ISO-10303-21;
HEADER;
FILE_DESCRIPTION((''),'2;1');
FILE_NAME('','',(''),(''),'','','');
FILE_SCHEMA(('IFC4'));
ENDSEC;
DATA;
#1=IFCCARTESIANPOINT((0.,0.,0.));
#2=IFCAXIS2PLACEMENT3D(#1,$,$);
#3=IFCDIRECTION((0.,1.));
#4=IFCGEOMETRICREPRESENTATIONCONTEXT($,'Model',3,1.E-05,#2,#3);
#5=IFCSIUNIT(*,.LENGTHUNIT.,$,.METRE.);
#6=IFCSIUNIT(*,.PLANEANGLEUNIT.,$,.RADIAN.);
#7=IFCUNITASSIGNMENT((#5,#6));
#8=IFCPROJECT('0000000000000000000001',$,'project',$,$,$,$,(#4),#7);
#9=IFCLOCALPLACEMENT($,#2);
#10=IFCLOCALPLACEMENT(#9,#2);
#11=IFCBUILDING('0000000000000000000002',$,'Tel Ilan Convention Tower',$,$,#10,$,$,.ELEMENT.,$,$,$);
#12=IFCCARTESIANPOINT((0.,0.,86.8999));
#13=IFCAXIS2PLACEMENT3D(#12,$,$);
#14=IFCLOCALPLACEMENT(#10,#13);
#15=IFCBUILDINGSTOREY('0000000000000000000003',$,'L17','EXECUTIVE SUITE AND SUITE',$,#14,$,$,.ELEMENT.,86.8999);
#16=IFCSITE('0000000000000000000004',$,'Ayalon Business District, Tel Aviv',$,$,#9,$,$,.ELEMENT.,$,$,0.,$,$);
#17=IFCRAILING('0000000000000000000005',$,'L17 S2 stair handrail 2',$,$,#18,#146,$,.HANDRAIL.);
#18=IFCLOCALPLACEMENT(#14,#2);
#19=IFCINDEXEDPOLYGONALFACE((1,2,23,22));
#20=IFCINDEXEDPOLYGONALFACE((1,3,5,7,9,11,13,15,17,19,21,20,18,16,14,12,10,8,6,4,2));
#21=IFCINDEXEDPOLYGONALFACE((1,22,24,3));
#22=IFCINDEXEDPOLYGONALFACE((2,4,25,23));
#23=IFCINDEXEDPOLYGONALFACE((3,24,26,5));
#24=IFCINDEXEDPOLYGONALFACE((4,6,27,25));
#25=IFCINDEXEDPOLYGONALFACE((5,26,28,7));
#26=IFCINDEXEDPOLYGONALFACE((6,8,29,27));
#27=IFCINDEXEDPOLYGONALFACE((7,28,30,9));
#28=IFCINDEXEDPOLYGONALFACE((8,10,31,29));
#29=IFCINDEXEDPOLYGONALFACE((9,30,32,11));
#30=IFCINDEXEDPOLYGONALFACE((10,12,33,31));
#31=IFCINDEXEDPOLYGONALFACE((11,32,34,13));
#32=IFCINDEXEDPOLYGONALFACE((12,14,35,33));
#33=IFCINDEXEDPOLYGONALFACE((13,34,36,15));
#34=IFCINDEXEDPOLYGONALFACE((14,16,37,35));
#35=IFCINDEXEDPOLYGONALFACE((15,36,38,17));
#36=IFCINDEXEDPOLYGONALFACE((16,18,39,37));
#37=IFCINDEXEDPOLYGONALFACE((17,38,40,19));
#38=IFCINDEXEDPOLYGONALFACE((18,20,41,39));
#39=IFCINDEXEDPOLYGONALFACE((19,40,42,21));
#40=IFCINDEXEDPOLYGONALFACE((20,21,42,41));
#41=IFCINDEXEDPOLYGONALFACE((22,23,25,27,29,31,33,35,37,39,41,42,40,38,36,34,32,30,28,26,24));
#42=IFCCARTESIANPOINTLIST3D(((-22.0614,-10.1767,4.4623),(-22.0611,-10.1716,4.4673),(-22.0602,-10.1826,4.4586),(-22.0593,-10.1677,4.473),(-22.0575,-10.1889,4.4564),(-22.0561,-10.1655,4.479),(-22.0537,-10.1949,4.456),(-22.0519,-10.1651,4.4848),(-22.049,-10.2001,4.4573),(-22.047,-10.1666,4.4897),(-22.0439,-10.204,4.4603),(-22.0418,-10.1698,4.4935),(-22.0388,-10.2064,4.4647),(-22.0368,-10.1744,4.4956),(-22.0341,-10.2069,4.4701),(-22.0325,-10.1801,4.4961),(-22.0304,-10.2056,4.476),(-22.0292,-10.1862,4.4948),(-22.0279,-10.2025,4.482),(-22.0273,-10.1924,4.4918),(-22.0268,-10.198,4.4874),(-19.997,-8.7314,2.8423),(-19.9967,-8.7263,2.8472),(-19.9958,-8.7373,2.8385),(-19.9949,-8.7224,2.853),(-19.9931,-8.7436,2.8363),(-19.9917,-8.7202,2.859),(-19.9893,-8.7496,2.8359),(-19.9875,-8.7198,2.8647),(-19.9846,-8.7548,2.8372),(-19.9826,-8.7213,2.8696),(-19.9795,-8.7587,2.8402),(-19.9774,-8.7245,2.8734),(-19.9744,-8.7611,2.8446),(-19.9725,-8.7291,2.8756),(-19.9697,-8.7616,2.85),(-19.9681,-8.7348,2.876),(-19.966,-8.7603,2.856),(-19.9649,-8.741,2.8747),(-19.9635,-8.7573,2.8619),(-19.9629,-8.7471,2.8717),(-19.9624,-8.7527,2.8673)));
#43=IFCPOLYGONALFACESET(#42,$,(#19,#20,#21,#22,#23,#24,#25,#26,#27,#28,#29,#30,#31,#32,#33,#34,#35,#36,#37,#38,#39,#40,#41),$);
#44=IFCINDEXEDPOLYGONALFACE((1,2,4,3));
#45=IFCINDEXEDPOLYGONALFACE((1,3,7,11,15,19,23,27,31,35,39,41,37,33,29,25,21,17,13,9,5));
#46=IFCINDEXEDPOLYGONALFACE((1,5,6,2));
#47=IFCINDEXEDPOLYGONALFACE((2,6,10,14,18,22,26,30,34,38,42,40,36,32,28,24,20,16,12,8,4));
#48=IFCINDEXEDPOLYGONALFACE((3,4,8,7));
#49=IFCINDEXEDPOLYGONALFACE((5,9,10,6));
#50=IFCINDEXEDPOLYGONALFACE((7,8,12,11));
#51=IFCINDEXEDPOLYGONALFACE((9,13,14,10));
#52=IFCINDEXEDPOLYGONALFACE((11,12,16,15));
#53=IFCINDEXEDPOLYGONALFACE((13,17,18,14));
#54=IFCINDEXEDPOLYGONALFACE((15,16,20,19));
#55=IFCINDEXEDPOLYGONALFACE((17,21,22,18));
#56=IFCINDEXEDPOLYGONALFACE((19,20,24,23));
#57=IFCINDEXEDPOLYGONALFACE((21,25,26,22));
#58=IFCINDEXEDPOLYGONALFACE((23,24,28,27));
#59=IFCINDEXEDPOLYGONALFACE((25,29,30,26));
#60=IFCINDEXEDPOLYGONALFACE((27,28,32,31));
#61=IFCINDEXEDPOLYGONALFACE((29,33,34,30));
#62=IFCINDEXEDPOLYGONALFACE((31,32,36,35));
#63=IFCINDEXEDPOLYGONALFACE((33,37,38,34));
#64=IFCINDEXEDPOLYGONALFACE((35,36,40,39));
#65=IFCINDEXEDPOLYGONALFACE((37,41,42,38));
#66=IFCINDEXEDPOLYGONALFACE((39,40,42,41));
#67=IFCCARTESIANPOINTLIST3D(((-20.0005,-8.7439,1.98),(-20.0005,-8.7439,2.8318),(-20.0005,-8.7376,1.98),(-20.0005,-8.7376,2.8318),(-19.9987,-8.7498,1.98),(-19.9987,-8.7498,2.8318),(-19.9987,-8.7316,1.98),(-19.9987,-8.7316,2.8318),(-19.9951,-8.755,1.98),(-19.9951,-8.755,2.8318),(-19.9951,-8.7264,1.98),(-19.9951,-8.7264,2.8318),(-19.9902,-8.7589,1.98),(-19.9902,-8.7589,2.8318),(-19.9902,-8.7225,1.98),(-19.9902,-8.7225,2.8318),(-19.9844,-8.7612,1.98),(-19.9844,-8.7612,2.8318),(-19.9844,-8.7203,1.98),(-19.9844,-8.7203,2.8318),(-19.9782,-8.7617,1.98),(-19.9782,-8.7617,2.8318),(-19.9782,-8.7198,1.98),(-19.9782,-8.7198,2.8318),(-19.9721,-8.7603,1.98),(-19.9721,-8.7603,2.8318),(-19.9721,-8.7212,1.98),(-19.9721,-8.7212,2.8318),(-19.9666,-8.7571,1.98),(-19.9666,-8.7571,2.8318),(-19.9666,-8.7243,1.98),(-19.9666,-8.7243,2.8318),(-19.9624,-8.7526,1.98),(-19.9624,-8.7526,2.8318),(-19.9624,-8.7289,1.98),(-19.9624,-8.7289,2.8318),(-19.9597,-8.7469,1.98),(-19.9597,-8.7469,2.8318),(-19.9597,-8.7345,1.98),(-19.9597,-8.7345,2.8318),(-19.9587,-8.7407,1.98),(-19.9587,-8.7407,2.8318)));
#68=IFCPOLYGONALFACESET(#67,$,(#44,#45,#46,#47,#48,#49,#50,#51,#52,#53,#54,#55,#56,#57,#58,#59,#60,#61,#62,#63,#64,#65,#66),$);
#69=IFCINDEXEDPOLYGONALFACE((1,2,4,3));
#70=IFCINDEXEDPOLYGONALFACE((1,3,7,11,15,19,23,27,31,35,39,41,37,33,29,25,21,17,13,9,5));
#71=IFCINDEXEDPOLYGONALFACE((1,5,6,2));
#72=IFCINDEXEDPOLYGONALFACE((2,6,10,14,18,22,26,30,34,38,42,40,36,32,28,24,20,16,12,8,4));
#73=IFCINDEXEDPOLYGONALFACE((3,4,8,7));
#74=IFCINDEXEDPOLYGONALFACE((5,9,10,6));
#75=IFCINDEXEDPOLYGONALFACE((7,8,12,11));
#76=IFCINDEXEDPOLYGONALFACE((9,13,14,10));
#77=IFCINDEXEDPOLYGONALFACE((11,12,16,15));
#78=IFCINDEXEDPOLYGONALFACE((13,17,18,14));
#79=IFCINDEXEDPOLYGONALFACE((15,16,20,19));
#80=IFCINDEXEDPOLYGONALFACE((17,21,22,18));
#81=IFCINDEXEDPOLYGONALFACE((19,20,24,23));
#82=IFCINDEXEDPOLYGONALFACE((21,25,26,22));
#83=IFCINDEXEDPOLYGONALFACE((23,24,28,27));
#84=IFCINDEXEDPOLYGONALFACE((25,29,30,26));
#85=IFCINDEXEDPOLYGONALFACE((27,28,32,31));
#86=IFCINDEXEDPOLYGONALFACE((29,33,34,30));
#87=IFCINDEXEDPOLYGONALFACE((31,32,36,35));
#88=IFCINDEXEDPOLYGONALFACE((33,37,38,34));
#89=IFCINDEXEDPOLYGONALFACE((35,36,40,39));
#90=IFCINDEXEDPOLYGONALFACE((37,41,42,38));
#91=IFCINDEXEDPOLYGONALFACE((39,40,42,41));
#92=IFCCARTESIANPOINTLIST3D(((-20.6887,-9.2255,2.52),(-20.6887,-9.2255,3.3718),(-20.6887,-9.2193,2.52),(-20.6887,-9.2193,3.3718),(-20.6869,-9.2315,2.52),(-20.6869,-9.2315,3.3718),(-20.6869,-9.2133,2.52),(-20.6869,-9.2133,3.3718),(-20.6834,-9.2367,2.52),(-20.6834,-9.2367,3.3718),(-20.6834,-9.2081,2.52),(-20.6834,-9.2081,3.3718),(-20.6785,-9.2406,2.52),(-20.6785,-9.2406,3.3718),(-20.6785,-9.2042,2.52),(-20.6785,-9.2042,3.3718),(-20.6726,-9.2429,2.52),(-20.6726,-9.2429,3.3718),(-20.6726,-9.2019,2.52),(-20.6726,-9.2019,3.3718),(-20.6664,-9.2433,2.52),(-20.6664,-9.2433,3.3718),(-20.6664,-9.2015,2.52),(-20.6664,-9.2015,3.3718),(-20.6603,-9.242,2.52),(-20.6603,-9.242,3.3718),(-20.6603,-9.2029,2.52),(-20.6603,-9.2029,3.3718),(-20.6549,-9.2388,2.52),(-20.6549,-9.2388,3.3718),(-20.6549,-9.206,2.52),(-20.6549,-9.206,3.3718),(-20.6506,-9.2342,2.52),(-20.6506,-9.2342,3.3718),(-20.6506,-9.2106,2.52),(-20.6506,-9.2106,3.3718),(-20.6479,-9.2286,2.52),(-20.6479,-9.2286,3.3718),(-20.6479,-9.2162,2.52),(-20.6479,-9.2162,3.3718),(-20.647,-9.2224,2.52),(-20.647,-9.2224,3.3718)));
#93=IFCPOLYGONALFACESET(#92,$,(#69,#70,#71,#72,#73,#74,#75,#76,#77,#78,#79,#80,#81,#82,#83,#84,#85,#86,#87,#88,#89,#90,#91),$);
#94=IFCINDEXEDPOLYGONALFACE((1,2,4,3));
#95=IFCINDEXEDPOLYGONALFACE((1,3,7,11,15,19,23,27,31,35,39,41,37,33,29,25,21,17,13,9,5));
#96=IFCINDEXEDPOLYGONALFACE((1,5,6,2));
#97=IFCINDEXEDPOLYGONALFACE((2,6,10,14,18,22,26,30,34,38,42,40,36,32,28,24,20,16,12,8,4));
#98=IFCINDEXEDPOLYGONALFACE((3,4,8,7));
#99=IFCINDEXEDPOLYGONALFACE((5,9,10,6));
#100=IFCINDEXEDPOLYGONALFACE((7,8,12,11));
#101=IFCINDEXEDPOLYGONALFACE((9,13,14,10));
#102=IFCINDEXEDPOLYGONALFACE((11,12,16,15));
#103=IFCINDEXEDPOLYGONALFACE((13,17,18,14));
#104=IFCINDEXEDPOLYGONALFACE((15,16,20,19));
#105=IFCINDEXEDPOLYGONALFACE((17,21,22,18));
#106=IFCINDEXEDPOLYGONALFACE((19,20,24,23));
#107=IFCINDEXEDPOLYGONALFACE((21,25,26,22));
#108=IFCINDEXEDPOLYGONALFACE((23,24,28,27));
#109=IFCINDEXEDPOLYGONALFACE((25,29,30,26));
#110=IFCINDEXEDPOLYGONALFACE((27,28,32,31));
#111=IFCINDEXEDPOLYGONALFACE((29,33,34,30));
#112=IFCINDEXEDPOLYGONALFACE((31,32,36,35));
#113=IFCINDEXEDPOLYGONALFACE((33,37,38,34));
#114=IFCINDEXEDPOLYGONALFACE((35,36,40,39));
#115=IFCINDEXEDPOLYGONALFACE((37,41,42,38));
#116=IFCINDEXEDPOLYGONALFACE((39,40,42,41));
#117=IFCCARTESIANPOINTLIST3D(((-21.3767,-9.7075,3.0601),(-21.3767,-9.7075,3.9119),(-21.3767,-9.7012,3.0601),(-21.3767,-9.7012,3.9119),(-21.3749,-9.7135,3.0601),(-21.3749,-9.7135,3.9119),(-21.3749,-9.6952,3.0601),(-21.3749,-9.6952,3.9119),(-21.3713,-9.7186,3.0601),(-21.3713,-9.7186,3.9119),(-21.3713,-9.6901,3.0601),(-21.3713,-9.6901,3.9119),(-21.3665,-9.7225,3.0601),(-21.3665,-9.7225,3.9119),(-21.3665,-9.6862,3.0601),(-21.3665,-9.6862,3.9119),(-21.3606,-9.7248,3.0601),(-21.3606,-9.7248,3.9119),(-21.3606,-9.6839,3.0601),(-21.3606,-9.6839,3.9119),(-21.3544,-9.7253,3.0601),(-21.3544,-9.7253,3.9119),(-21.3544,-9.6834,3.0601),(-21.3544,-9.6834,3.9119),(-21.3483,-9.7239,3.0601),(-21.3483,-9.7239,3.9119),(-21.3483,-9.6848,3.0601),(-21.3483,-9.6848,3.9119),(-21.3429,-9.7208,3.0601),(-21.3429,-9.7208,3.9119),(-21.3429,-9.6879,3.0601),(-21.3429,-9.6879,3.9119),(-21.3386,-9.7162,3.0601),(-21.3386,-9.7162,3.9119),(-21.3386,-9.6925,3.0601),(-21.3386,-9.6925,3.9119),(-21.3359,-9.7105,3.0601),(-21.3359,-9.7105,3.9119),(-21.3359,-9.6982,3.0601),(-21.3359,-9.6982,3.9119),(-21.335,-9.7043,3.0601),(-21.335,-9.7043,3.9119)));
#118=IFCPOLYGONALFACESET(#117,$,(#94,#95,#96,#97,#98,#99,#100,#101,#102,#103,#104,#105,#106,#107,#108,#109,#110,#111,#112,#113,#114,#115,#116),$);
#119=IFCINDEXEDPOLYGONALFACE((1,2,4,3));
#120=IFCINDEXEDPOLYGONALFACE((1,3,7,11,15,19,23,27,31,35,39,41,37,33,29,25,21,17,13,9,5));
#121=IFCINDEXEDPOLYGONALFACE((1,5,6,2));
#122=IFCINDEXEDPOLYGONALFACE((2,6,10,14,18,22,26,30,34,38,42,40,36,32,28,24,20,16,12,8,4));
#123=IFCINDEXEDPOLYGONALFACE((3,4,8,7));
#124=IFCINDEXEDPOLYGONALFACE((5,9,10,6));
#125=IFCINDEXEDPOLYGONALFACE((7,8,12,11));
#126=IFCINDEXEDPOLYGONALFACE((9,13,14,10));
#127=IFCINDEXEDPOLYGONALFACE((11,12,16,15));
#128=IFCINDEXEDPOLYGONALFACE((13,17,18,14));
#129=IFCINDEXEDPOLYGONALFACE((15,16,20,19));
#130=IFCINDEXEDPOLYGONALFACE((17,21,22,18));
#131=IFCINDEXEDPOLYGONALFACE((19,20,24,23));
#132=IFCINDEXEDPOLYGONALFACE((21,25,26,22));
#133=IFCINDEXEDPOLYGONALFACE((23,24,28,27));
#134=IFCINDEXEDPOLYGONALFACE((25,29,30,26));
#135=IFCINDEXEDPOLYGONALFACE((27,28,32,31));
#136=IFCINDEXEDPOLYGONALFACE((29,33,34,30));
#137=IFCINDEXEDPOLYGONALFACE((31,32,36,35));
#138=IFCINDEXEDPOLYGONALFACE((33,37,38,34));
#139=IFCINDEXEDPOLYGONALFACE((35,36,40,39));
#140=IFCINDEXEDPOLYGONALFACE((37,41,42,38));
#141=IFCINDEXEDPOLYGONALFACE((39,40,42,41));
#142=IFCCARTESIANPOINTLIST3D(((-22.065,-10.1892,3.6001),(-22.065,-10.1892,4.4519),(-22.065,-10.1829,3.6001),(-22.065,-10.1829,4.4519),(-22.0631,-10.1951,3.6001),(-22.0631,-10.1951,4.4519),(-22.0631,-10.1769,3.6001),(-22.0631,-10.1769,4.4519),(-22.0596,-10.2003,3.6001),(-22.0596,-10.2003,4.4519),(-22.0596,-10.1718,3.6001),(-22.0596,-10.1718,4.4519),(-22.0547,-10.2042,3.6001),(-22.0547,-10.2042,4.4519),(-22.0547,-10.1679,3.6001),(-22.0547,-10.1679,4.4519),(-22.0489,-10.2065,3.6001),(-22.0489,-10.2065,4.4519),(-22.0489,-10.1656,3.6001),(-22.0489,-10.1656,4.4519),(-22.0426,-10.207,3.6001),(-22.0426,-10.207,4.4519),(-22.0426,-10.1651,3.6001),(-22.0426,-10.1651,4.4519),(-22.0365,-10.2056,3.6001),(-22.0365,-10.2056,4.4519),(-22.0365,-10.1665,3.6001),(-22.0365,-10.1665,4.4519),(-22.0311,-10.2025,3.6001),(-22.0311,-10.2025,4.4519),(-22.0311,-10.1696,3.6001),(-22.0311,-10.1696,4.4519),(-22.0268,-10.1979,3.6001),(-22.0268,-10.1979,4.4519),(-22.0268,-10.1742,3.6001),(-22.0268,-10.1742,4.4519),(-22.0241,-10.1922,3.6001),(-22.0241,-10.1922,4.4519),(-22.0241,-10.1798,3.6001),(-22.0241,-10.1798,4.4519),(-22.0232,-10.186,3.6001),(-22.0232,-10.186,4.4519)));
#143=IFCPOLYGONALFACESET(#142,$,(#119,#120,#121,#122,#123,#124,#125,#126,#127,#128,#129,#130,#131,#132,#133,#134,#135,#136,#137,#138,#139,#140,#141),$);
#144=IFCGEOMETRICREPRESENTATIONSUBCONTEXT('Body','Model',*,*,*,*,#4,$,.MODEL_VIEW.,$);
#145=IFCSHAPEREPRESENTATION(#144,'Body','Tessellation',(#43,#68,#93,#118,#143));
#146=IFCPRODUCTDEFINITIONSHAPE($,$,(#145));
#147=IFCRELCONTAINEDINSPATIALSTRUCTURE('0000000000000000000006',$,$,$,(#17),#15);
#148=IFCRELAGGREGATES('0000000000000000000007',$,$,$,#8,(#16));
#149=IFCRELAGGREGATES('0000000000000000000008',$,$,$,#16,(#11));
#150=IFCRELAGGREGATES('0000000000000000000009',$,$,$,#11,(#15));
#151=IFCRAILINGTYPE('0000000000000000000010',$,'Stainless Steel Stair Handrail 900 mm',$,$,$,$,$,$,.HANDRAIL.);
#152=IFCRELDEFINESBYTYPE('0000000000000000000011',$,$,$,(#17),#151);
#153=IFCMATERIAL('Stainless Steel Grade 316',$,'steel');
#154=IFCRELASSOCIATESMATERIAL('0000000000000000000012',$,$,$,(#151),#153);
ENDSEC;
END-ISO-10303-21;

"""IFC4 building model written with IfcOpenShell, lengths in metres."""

from ifc_helpers import new_model, si_unit, direction, frame, origin, origin_2d, place, context, subcontext, project, spatial, circle, extrude, material, type_object, element, save


model = new_model("IFC4")

# Units and contexts
model_context = context("Model", 3, precision=1e-05, world=origin(), true_north=direction((0.0, 1.0)))
body_context = subcontext(model_context, "Body", "Model", "MODEL_VIEW")
ifc_project = project(units=[si_unit("LENGTHUNIT", "METRE"), si_unit("PLANEANGLEUNIT", "RADIAN")], contexts=[model_context])

# Site, building, storey
site_placement = place(None, origin())
site = spatial("IfcSite", under=ifc_project, at=site_placement, Name="Ayalon Business District, Tel Aviv", CompositionType="ELEMENT", RefElevation=0.0)
building_placement = place(site_placement, origin())
building = spatial("IfcBuilding", under=site, at=building_placement, Name="Tel Ilan Convention Tower", CompositionType="ELEMENT")
storey_placement = place(building_placement, frame((0.0, 0.0, 86.8999)))
storey = spatial("IfcBuildingStorey", under=building, at=storey_placement, Name="L17", Description="EXECUTIVE SUITE AND SUITE", CompositionType="ELEMENT", Elevation=86.8999)

# Railing
ifc_material_1 = material(Name="Stainless Steel Grade 316", Category="steel")
railing_type_1 = type_object("IfcRailingType", Name="Stainless Steel Stair Handrail 900 mm", PredefinedType="HANDRAIL", material=ifc_material_1)
railing_1_placement = place(storey_placement, frame((-19.9797, -8.7407, 1.98)))
element("IfcRailing", 1, at=railing_1_placement, inside=storey, type_object=railing_type_1, Name="L17 S2 stair handrail 2", PredefinedType="HANDRAIL", context=body_context, shape_type="SweptSolid", body=[
    extrude(circle(Radius=0.0239, at=origin_2d()), frame((0.0, 0.0, 0.876), z_axis=(-0.689083, -0.482423, 0.54077), x_axis=(0.573514, -0.819196, 0.0)), (0.0, 0.0, 1.0), 2.9958),
    extrude(circle(Radius=0.021, at=origin_2d()), origin(), (0.0, 0.0, 1.0), 0.8518),
    extrude(circle(Radius=0.021, at=origin_2d()), frame((-0.6882, -0.4817, 0.54)), (0.0, 0.0, 1.0), 0.8518),
    extrude(circle(Radius=0.021, at=origin_2d()), frame((-1.3762, -0.9636, 1.0801)), (0.0, 0.0, 1.0), 0.8518),
    extrude(circle(Radius=0.021, at=origin_2d()), frame((-2.0645, -1.4453, 1.6201)), (0.0, 0.0, 1.0), 0.8518),
])

save(model, "model.ifc")
